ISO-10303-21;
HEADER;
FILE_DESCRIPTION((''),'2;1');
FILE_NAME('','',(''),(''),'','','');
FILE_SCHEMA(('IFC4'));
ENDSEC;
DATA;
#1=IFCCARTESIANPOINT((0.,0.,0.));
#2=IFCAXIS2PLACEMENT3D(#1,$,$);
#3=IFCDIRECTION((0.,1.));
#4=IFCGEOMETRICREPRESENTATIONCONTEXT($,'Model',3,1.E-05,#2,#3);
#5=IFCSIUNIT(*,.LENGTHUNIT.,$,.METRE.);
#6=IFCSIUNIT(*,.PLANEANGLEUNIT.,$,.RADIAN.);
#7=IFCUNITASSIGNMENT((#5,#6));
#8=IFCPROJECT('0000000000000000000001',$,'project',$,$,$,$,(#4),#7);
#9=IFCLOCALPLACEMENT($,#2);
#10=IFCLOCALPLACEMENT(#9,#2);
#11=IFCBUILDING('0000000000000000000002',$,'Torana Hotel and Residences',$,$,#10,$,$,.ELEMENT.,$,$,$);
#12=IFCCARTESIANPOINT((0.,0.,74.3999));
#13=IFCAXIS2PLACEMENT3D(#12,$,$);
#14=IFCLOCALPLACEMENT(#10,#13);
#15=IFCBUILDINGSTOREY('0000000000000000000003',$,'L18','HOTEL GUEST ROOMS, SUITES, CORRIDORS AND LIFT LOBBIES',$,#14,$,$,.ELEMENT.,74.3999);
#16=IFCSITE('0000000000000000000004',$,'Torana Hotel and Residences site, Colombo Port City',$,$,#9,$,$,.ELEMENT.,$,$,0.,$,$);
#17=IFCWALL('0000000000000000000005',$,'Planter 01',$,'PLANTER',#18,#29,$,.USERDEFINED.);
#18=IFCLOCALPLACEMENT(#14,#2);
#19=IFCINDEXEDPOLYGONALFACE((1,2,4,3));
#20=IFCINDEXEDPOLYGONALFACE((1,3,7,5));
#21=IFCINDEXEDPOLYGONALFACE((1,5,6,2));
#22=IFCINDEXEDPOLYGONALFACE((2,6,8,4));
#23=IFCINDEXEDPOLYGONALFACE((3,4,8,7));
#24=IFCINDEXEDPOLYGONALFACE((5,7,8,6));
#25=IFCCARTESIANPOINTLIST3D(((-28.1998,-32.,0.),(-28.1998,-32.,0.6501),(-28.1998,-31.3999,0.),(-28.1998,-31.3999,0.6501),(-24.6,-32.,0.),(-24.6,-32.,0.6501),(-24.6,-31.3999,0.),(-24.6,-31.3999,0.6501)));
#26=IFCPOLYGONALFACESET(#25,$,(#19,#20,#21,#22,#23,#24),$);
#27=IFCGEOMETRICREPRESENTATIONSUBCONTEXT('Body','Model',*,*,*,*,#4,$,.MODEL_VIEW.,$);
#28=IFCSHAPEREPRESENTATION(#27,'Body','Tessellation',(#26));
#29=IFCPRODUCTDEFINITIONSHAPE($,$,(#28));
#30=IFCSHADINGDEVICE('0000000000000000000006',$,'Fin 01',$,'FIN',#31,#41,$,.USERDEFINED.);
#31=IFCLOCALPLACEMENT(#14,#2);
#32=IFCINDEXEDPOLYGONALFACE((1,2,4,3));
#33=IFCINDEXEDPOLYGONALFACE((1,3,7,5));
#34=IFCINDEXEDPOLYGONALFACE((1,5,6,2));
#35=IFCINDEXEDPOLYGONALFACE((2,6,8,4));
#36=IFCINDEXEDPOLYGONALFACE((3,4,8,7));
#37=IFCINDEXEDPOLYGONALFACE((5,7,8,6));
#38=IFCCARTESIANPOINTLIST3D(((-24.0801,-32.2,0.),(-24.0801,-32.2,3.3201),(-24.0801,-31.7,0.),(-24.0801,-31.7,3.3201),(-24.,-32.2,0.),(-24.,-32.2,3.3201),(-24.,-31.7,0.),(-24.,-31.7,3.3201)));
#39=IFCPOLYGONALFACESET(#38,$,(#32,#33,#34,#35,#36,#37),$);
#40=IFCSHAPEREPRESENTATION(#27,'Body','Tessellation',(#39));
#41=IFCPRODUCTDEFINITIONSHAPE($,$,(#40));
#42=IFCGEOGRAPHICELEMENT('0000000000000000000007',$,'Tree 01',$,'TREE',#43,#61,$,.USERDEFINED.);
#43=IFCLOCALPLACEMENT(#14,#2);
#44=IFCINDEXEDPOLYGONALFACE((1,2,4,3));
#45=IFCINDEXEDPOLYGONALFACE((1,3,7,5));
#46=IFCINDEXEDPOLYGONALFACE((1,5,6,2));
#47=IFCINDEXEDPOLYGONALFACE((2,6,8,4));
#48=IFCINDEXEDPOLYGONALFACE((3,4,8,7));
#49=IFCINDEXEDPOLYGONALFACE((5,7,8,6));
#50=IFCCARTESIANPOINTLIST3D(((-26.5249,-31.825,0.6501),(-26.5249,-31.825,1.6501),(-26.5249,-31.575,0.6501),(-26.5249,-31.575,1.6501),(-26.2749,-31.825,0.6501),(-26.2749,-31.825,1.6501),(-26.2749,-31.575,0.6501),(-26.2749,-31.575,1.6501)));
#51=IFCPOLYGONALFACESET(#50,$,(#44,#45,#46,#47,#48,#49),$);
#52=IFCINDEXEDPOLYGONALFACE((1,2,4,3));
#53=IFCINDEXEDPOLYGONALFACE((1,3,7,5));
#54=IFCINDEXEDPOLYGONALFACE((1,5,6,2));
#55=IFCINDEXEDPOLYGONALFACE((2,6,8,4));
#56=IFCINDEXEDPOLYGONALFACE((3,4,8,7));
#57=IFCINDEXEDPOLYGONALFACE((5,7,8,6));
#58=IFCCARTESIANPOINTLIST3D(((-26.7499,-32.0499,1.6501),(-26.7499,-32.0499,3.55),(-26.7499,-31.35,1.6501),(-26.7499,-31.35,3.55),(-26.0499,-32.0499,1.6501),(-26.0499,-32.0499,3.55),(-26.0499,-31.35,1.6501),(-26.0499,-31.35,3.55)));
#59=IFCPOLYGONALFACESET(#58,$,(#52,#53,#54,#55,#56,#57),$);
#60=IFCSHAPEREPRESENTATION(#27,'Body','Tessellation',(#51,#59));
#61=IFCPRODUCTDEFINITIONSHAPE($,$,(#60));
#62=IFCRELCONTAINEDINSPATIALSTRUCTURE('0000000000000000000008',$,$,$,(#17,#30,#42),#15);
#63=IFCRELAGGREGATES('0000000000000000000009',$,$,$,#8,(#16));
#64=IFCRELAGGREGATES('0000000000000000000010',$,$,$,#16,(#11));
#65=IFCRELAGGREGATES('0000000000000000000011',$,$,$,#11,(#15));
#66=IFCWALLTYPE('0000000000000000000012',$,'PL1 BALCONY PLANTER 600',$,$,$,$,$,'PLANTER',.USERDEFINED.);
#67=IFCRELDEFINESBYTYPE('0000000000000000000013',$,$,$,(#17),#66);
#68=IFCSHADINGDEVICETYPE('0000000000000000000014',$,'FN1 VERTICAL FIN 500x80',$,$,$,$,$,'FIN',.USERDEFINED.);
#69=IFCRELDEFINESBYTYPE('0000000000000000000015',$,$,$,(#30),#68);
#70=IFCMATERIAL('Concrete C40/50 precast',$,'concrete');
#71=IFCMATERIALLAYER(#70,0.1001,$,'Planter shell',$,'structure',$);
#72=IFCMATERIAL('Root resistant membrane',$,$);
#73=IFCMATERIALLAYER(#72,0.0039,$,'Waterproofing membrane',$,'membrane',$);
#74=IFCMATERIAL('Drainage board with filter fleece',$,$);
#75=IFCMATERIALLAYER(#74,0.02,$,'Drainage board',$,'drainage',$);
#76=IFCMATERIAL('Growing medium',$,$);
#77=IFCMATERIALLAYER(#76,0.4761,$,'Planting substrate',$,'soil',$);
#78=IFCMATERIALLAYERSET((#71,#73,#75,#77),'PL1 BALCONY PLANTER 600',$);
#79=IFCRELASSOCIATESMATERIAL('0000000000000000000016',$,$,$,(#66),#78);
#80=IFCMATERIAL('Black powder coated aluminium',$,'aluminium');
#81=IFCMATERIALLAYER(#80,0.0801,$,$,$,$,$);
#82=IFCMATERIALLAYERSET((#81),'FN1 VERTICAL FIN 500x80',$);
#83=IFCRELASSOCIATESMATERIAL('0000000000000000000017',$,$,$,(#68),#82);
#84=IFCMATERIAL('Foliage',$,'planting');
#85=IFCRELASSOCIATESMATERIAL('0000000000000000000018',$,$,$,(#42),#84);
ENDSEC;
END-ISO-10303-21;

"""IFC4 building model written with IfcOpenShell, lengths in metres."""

from ifc_helpers import new_model, si_unit, direction, frame, frame_2d, origin, origin_2d, place, context, subcontext, project, spatial, rectangle, extrude, material, layer, layer_set, type_object, element, save


model = new_model("IFC4")

# Units and contexts
model_context = context("Model", 3, precision=1e-05, world=origin(), true_north=direction((0.0, 1.0)))
body_context = subcontext(model_context, "Body", "Model", "MODEL_VIEW")
ifc_project = project(units=[si_unit("LENGTHUNIT", "METRE"), si_unit("PLANEANGLEUNIT", "RADIAN")], contexts=[model_context])

# Site, building, storey
site_placement = place(None, origin())
site = spatial("IfcSite", under=ifc_project, at=site_placement, Name="Torana Hotel and Residences site, Colombo Port City", CompositionType="ELEMENT", RefElevation=0.0)
building_placement = place(site_placement, origin())
building = spatial("IfcBuilding", under=site, at=building_placement, Name="Torana Hotel and Residences", CompositionType="ELEMENT")
storey_placement = place(building_placement, frame((0.0, 0.0, 74.3999)))
storey = spatial("IfcBuildingStorey", under=building, at=storey_placement, Name="L18", Description="HOTEL GUEST ROOMS, SUITES, CORRIDORS AND LIFT LOBBIES", CompositionType="ELEMENT", Elevation=74.3999)

# Wall
ifc_material_1 = material(Name="Concrete C40/50 precast", Category="concrete")
ifc_layer_1 = layer(ifc_material_1, 0.1001, Name="Planter shell", Category="structure")
ifc_material_2 = material(Name="Root resistant membrane")
ifc_layer_2 = layer(ifc_material_2, 0.0039, Name="Waterproofing membrane", Category="membrane")
ifc_material_3 = material(Name="Drainage board with filter fleece")
ifc_layer_3 = layer(ifc_material_3, 0.02, Name="Drainage board", Category="drainage")
ifc_material_4 = material(Name="Growing medium")
ifc_layer_4 = layer(ifc_material_4, 0.4761, Name="Planting substrate", Category="soil")
ifc_layer_set_1 = layer_set([ifc_layer_1, ifc_layer_2, ifc_layer_3, ifc_layer_4], Name="PL1 BALCONY PLANTER 600")
wall_type = type_object("IfcWallType", Name="PL1 BALCONY PLANTER 600", ElementType="PLANTER", PredefinedType="USERDEFINED", material=ifc_layer_set_1)
wall_placement = place(storey_placement, frame((-24.6001, -31.7, 0.0), z_axis=(0.0, 0.0, 1.0), x_axis=(-1.0, 0.0, 0.0)))
element("IfcWall", 1, at=wall_placement, inside=storey, type_object=wall_type, Name="Planter 01", ObjectType="PLANTER", PredefinedType="USERDEFINED", context=body_context, shape_type="SweptSolid", body=[
    extrude(rectangle(XDim=3.5999, YDim=0.6001, at=frame_2d((1.7998, 0.0))), origin(), (0.0, 0.0, 1.0), 0.6501),
])

# Shading device
ifc_material_5 = material(Name="Black powder coated aluminium", Category="aluminium")
ifc_layer_5 = layer(ifc_material_5, 0.0801)
ifc_layer_set_2 = layer_set([ifc_layer_5], Name="FN1 VERTICAL FIN 500x80")
shading_device_type = type_object("IfcShadingDeviceType", Name="FN1 VERTICAL FIN 500x80", ElementType="FIN", PredefinedType="USERDEFINED", material=ifc_layer_set_2)
shading_device_placement = place(storey_placement, frame((-24.04, -31.95, 0.0), z_axis=(0.0, 0.0, 1.0), x_axis=(-1.0, 0.0, 0.0)))
element("IfcShadingDevice", 2, at=shading_device_placement, inside=storey, type_object=shading_device_type, Name="Fin 01", ObjectType="FIN", PredefinedType="USERDEFINED", context=body_context, shape_type="SweptSolid", body=[
    extrude(rectangle(XDim=0.0801, YDim=0.5, at=origin_2d()), origin(), (0.0, 0.0, 1.0), 3.3201),
])

# Geographic element
ifc_material_6 = material(Name="Foliage", Category="planting")
geographic_element_placement = place(storey_placement, frame((-26.3999, -31.7, 0.6501), z_axis=(0.0, 0.0, 1.0), x_axis=(1.0, 0.0, 0.0)))
element("IfcGeographicElement", 3, at=geographic_element_placement, inside=storey, material=ifc_material_6, Name="Tree 01", ObjectType="TREE", PredefinedType="USERDEFINED", context=body_context, shape_type="SweptSolid", body=[
    extrude(rectangle(XDim=0.25, YDim=0.25, at=origin_2d()), origin(), (0.0, 0.0, 1.0), 1.0),
    extrude(rectangle(XDim=0.7, YDim=0.7, at=origin_2d()), frame((0.0, 0.0, 1.0)), (0.0, 0.0, 1.0), 1.8999),
])

save(model, "model.ifc")
